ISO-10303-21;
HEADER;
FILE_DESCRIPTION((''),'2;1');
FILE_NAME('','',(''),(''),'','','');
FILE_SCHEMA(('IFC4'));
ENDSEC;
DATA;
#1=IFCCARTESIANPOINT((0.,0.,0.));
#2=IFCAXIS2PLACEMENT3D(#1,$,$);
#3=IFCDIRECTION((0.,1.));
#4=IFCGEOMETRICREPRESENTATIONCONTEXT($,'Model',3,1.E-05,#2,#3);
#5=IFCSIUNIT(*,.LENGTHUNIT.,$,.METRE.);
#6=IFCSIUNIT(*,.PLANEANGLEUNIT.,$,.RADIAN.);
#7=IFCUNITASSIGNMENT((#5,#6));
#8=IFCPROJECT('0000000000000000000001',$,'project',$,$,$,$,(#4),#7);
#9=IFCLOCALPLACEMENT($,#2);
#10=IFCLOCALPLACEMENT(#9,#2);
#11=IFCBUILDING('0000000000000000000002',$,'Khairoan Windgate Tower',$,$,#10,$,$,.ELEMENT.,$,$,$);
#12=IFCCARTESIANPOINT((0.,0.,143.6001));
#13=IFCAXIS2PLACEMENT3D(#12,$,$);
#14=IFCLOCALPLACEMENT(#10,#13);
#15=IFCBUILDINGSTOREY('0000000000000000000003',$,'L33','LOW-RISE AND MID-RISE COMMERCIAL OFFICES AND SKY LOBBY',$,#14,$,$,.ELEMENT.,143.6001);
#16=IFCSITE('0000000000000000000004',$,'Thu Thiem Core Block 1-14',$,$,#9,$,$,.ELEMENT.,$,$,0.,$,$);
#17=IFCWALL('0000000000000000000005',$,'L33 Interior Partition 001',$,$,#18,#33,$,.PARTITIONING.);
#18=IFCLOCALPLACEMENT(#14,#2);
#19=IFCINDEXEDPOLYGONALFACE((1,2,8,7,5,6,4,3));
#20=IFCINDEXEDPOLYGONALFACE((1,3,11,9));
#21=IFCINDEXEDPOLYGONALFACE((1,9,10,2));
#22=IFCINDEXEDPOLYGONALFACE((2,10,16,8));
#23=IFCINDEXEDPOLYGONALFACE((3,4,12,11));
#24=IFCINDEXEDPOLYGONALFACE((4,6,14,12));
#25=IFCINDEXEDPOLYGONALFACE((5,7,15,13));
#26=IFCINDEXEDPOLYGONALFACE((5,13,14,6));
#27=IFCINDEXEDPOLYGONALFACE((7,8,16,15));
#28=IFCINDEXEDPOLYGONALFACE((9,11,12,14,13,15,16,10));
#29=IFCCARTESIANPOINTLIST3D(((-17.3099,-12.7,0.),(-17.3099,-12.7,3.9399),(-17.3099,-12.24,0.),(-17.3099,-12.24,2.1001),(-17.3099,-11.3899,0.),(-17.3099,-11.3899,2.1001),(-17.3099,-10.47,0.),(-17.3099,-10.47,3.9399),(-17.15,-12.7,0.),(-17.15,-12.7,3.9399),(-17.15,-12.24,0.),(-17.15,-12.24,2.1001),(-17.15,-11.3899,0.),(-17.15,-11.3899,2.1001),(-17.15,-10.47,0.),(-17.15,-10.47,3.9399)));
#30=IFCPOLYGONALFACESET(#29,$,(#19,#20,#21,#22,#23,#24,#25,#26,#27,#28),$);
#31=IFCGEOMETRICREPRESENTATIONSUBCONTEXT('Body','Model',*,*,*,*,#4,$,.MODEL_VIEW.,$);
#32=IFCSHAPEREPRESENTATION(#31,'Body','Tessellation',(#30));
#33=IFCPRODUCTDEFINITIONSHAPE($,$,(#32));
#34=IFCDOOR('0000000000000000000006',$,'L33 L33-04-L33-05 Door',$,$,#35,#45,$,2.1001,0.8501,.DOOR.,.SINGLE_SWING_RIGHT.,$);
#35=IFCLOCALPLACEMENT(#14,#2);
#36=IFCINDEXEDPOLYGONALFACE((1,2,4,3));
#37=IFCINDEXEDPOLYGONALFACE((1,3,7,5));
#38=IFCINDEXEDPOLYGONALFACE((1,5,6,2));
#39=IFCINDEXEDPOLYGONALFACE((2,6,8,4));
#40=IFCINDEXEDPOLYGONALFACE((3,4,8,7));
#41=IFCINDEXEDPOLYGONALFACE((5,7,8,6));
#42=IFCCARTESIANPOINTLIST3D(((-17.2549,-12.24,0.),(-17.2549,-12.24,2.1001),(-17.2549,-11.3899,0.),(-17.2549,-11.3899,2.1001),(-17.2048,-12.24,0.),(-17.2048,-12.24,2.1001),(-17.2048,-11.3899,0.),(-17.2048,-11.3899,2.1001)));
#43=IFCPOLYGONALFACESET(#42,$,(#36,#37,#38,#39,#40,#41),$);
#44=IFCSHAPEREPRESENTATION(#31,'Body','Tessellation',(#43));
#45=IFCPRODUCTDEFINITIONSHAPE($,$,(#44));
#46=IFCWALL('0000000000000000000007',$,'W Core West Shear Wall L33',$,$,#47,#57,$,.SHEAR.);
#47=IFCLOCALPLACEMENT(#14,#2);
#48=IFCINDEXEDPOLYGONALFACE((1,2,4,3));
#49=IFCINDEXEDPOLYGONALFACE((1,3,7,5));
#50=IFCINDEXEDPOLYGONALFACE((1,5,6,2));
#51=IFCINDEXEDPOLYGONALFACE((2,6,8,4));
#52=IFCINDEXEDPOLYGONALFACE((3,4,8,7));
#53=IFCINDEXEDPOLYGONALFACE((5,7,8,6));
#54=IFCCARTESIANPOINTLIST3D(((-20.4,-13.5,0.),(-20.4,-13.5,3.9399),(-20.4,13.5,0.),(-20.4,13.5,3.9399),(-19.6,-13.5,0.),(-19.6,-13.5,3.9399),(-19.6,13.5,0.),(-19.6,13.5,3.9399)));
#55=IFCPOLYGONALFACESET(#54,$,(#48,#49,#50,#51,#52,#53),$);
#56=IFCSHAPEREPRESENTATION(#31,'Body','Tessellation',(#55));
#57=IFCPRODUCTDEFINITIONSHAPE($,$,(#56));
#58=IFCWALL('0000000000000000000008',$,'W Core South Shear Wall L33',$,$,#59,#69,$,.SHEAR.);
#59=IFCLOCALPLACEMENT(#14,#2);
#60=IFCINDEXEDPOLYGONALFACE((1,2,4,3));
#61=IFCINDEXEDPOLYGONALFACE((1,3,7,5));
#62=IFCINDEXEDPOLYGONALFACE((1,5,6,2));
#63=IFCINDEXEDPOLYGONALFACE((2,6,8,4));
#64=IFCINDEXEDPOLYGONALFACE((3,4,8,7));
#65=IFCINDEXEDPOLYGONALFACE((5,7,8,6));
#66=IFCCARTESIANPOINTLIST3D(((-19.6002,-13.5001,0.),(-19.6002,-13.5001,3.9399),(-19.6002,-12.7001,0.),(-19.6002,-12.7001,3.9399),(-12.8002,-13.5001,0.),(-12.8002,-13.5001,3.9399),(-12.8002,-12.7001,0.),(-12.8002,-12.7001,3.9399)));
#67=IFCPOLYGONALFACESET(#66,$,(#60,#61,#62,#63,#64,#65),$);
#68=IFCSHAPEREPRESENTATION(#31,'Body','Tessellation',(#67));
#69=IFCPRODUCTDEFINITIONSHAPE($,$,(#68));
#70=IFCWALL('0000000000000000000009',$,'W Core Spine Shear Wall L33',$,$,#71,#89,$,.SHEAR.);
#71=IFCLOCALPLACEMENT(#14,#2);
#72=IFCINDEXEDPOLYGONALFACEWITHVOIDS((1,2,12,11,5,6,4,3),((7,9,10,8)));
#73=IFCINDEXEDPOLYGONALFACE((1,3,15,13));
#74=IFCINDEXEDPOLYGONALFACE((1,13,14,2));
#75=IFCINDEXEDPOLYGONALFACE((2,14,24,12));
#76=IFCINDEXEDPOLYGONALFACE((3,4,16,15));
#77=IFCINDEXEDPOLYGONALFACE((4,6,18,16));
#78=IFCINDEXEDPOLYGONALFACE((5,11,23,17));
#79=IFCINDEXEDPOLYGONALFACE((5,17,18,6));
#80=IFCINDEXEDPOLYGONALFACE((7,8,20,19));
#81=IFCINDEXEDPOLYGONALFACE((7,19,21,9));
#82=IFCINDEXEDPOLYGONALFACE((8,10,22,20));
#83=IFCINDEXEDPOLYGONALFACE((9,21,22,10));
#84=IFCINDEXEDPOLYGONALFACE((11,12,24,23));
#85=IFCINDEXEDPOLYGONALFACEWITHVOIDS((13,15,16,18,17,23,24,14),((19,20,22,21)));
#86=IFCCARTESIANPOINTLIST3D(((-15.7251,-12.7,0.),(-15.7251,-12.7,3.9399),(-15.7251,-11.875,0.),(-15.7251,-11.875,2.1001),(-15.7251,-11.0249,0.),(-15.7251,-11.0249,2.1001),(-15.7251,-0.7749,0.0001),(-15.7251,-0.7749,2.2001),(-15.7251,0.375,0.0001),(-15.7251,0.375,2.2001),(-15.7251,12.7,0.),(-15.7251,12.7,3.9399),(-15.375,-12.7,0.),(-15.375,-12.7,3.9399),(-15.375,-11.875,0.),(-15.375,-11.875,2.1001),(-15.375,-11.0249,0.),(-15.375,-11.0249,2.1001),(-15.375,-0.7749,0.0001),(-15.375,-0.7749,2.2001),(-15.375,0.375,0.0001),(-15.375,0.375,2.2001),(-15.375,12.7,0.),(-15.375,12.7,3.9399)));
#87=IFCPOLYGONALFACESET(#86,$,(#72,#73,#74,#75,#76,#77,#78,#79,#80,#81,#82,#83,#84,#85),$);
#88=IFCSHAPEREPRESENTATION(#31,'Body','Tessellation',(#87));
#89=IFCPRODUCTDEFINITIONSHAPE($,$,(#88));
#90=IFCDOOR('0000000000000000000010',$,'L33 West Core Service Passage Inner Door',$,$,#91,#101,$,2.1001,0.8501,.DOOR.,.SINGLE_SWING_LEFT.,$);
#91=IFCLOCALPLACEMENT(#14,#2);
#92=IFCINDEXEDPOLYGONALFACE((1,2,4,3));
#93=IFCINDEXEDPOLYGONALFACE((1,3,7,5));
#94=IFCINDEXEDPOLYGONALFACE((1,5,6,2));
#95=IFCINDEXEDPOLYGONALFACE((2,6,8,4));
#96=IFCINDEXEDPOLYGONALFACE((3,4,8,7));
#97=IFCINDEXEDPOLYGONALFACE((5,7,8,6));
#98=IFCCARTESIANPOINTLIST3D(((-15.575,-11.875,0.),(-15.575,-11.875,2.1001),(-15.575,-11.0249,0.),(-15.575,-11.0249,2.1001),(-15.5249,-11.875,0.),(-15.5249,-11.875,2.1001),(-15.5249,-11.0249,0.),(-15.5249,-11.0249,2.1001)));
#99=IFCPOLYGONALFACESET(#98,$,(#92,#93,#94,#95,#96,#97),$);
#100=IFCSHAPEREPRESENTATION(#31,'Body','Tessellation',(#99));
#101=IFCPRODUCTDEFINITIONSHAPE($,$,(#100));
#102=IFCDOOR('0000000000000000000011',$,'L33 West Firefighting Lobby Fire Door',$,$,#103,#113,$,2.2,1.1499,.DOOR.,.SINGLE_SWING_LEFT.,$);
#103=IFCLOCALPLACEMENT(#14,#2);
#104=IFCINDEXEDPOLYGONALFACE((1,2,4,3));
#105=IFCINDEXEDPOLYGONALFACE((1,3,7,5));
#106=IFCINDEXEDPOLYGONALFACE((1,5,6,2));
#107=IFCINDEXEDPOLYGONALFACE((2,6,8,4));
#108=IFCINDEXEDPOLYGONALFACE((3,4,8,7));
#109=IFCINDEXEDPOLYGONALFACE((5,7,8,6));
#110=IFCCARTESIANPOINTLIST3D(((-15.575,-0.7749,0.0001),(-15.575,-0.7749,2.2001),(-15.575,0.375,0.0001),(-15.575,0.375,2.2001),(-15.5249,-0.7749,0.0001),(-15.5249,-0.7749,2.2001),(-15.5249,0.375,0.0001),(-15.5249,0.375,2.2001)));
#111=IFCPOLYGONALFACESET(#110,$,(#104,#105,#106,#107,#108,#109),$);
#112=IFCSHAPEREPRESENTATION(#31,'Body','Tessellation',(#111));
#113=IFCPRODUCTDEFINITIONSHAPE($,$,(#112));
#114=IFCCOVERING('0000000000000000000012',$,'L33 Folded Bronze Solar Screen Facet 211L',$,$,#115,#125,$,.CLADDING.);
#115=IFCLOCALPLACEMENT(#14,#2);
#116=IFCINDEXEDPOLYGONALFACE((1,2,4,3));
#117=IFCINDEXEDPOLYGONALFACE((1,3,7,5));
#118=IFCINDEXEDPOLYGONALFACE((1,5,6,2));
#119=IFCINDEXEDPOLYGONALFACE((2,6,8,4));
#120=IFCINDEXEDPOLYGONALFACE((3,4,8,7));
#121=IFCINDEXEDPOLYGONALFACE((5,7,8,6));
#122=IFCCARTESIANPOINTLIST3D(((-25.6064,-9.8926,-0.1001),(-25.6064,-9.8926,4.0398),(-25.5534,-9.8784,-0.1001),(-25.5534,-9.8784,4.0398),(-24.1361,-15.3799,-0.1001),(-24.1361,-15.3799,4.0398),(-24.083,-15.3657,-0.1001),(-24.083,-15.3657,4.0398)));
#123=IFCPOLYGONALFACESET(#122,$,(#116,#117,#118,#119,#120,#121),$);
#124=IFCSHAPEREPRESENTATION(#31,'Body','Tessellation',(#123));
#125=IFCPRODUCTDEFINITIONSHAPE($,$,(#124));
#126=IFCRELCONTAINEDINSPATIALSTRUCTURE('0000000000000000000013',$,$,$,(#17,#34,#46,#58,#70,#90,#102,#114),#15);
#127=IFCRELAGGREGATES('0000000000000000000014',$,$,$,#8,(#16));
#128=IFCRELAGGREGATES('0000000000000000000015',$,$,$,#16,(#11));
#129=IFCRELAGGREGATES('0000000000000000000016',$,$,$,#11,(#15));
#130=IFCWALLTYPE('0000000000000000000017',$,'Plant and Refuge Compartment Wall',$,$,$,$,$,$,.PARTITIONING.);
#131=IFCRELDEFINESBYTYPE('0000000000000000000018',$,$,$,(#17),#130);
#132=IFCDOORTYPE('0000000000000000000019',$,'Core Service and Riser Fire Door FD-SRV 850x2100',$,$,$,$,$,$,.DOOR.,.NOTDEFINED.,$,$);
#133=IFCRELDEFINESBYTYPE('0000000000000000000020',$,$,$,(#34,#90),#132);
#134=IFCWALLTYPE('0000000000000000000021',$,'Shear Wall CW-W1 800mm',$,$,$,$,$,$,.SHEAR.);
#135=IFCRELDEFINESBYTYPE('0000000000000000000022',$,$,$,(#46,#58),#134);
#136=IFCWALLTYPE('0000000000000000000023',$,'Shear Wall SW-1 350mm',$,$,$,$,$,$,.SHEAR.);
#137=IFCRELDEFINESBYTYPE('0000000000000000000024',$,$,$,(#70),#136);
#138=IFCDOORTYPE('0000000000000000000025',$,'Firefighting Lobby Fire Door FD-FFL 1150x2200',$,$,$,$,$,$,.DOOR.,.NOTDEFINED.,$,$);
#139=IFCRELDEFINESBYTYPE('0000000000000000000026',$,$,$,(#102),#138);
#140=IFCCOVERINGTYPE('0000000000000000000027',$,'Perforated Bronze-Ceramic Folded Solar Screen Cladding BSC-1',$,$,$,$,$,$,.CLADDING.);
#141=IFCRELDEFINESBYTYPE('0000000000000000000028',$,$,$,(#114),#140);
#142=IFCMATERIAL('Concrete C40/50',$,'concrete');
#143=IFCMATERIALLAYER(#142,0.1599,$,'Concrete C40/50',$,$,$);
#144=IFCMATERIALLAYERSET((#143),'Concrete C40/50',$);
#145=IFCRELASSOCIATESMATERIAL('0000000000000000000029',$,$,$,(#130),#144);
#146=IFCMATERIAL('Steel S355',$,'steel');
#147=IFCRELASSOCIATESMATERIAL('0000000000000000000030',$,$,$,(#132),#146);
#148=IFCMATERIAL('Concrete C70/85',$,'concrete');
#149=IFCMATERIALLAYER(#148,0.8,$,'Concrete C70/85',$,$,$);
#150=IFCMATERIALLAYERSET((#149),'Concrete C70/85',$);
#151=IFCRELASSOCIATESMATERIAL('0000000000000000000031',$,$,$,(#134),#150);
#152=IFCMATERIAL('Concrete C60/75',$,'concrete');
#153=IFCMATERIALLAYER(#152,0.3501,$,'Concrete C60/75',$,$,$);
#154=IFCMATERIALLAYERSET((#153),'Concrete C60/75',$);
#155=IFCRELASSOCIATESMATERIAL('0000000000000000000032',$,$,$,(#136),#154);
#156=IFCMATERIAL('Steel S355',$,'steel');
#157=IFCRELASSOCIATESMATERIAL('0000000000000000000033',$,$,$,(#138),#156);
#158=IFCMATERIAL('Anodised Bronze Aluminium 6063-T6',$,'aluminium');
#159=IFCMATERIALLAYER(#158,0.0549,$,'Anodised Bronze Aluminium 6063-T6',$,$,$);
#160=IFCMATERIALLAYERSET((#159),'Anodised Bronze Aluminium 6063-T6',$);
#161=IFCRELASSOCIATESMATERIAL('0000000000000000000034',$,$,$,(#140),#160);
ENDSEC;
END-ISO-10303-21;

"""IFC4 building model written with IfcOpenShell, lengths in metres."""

from ifc_helpers import new_model, si_unit, direction, frame, frame_2d, origin, origin_2d, place, context, subcontext, project, spatial, rectangle, extrude, material, layer, layer_set, type_object, element, fill, save


model = new_model("IFC4")

# Units and contexts
model_context = context("Model", 3, precision=1e-05, world=origin(), true_north=direction((0.0, 1.0)))
body_context = subcontext(model_context, "Body", "Model", "MODEL_VIEW")
ifc_project = project(units=[si_unit("LENGTHUNIT", "METRE"), si_unit("PLANEANGLEUNIT", "RADIAN")], contexts=[model_context])

# Site, building, storey
site_placement = place(None, origin())
site = spatial("IfcSite", under=ifc_project, at=site_placement, Name="Thu Thiem Core Block 1-14", CompositionType="ELEMENT", RefElevation=0.0)
building_placement = place(site_placement, origin())
building = spatial("IfcBuilding", under=site, at=building_placement, Name="Khairoan Windgate Tower", CompositionType="ELEMENT")
storey_placement = place(building_placement, frame((0.0, 0.0, 143.6001)))
storey = spatial("IfcBuildingStorey", under=building, at=storey_placement, Name="L33", Description="LOW-RISE AND MID-RISE COMMERCIAL OFFICES AND SKY LOBBY", CompositionType="ELEMENT", Elevation=143.6001)

# Wall, opening, door
ifc_material_1 = material(Name="Concrete C40/50", Category="concrete")
ifc_layer_1 = layer(ifc_material_1, 0.1599, Name="Concrete C40/50")
ifc_layer_set_1 = layer_set([ifc_layer_1], Name="Concrete C40/50")
wall_type_1 = type_object("IfcWallType", Name="Plant and Refuge Compartment Wall", PredefinedType="PARTITIONING", material=ifc_layer_set_1)
wall_1_placement = place(storey_placement, frame((-17.23, -12.7, 0.0), z_axis=(0.0, 0.0, 1.0), x_axis=(0.0, 1.0, 0.0)))
wall_1 = element("IfcWall", 1, at=wall_1_placement, inside=storey, type_object=wall_type_1, Name="L33 Interior Partition 001", PredefinedType="PARTITIONING", context=body_context, shape_type="SweptSolid", body=[
    extrude(rectangle(XDim=2.23, YDim=0.1599, at=frame_2d((1.115, 0.0))), origin(), (0.0, 0.0, 1.0), 3.9399),
])
opening_1_placement = place(wall_1_placement, frame((0.46, 0.0, 0.0)))
opening_1 = element("IfcOpeningElement", 2, at=opening_1_placement, cuts=wall_1, PredefinedType="OPENING", context=body_context, shape_type="SweptSolid", body=[
    extrude(rectangle(XDim=0.8501, YDim=2.1001, at=frame_2d((0.425, 1.05))), frame((0.0, 0.0898, 0.0), z_axis=(0.0, -1.0, 0.0), x_axis=(1.0, 0.0, 0.0)), (0.0, 0.0, 1.0), 0.1799),
])
ifc_material_2 = material(Name="Steel S355", Category="steel")
door_type_1 = type_object("IfcDoorType", Name="Core Service and Riser Fire Door FD-SRV 850x2100", OperationType="NOTDEFINED", PredefinedType="DOOR", material=ifc_material_2)
door_1_placement = place(opening_1_placement, origin())
door_1 = element("IfcDoor", 3, at=door_1_placement, inside=storey, type_object=door_type_1, Name="L33 L33-04-L33-05 Door", OperationType="SINGLE_SWING_RIGHT", OverallHeight=2.1001, OverallWidth=0.8501, PredefinedType="DOOR", context=body_context, shape_type="SweptSolid", body=[
    extrude(rectangle(XDim=0.8501, YDim=2.1001, at=frame_2d((0.425, 1.05))), frame((0.0, 0.0249, 0.0), z_axis=(0.0, -1.0, 0.0), x_axis=(1.0, 0.0, 0.0)), (0.0, 0.0, 1.0), 0.05),
])
fill(opening_1, door_1)

# Walls
ifc_material_3 = material(Name="Concrete C70/85", Category="concrete")
ifc_layer_2 = layer(ifc_material_3, 0.8, Name="Concrete C70/85")
ifc_layer_set_2 = layer_set([ifc_layer_2], Name="Concrete C70/85")
wall_type_2 = type_object("IfcWallType", Name="Shear Wall CW-W1 800mm", PredefinedType="SHEAR", material=ifc_layer_set_2)
wall_2_placement = place(storey_placement, frame((-20.0, -13.5, 0.0), z_axis=(0.0, 0.0, 1.0), x_axis=(0.0, 1.0, 0.0)))
element("IfcWall", 4, at=wall_2_placement, inside=storey, type_object=wall_type_2, Name="W Core West Shear Wall L33", PredefinedType="SHEAR", context=body_context, shape_type="SweptSolid", body=[
    extrude(rectangle(XDim=27.0, YDim=0.8, at=frame_2d((13.5, 0.0))), origin(), (0.0, 0.0, 1.0), 3.9399),
])
wall_3_placement = place(storey_placement, frame((-19.6001, -13.1001, 0.0), z_axis=(0.0, 0.0, 1.0), x_axis=(1.0, 0.0, 0.0)))
element("IfcWall", 5, at=wall_3_placement, inside=storey, type_object=wall_type_2, Name="W Core South Shear Wall L33", PredefinedType="SHEAR", context=body_context, shape_type="SweptSolid", body=[
    extrude(rectangle(XDim=6.8, YDim=0.8, at=frame_2d((3.3999, 0.0))), origin(), (0.0, 0.0, 1.0), 3.9399),
])

# Wall, openings, doors
ifc_material_4 = material(Name="Concrete C60/75", Category="concrete")
ifc_layer_3 = layer(ifc_material_4, 0.3501, Name="Concrete C60/75")
ifc_layer_set_3 = layer_set([ifc_layer_3], Name="Concrete C60/75")
wall_type_3 = type_object("IfcWallType", Name="Shear Wall SW-1 350mm", PredefinedType="SHEAR", material=ifc_layer_set_3)
wall_4_placement = place(storey_placement, frame((-15.55, -12.7, 0.0), z_axis=(0.0, 0.0, 1.0), x_axis=(0.0, 1.0, 0.0)))
wall_4 = element("IfcWall", 6, at=wall_4_placement, inside=storey, type_object=wall_type_3, Name="W Core Spine Shear Wall L33", PredefinedType="SHEAR", context=body_context, shape_type="SweptSolid", body=[
    extrude(rectangle(XDim=25.3999, YDim=0.3501, at=frame_2d((12.7, 0.0))), origin(), (0.0, 0.0, 1.0), 3.9399),
])
opening_2_placement = place(wall_4_placement, frame((11.925, 0.0, 0.0)))
opening_2 = element("IfcOpeningElement", 7, at=opening_2_placement, cuts=wall_4, PredefinedType="OPENING", context=body_context, shape_type="SweptSolid", body=[
    extrude(rectangle(XDim=1.1499, YDim=2.2, at=frame_2d((0.575, 1.1001))), frame((0.0, 0.1851, 0.0), z_axis=(0.0, -1.0, 0.0), x_axis=(1.0, 0.0, 0.0)), (0.0, 0.0, 1.0), 0.3701),
])
opening_3_placement = place(wall_4_placement, frame((0.825, 0.0, 0.0)))
opening_3 = element("IfcOpeningElement", 8, at=opening_3_placement, cuts=wall_4, PredefinedType="OPENING", context=body_context, shape_type="SweptSolid", body=[
    extrude(rectangle(XDim=0.8501, YDim=2.1001, at=frame_2d((0.425, 1.05))), frame((0.0, 0.1851, 0.0), z_axis=(0.0, -1.0, 0.0), x_axis=(1.0, 0.0, 0.0)), (0.0, 0.0, 1.0), 0.3701),
])
door_2_placement = place(opening_3_placement, origin())
door_2 = element("IfcDoor", 9, at=door_2_placement, inside=storey, type_object=door_type_1, Name="L33 West Core Service Passage Inner Door", OperationType="SINGLE_SWING_LEFT", OverallHeight=2.1001, OverallWidth=0.8501, PredefinedType="DOOR", context=body_context, shape_type="SweptSolid", body=[
    extrude(rectangle(XDim=0.8501, YDim=2.1001, at=frame_2d((0.425, 1.05))), frame((0.0, 0.0249, 0.0), z_axis=(0.0, -1.0, 0.0), x_axis=(1.0, 0.0, 0.0)), (0.0, 0.0, 1.0), 0.05),
])
fill(opening_3, door_2)
ifc_material_5 = material(Name="Steel S355", Category="steel")
door_type_2 = type_object("IfcDoorType", Name="Firefighting Lobby Fire Door FD-FFL 1150x2200", OperationType="NOTDEFINED", PredefinedType="DOOR", material=ifc_material_5)
door_3_placement = place(opening_2_placement, origin())
door_3 = element("IfcDoor", 10, at=door_3_placement, inside=storey, type_object=door_type_2, Name="L33 West Firefighting Lobby Fire Door", OperationType="SINGLE_SWING_LEFT", OverallHeight=2.2, OverallWidth=1.1499, PredefinedType="DOOR", context=body_context, shape_type="SweptSolid", body=[
    extrude(rectangle(XDim=1.1499, YDim=2.2, at=frame_2d((0.575, 1.1001))), frame((0.0, 0.0249, 0.0), z_axis=(0.0, -1.0, 0.0), x_axis=(1.0, 0.0, 0.0)), (0.0, 0.0, 1.0), 0.05),
])
fill(opening_2, door_3)

# Covering
ifc_material_6 = material(Name="Anodised Bronze Aluminium 6063-T6", Category="aluminium")
ifc_layer_4 = layer(ifc_material_6, 0.0549, Name="Anodised Bronze Aluminium 6063-T6")
ifc_layer_set_4 = layer_set([ifc_layer_4], Name="Anodised Bronze Aluminium 6063-T6")
covering_type = type_object("IfcCoveringType", Name="Perforated Bronze-Ceramic Folded Solar Screen Cladding BSC-1", PredefinedType="CLADDING", material=ifc_layer_set_4)
covering_placement = place(storey_placement, frame((-24.8447, -12.6292, -0.1001), z_axis=(0.0, 0.0, 1.0), x_axis=(-0.258819, 0.965926, 0.0)))
element("IfcCovering", 11, at=covering_placement, inside=storey, type_object=covering_type, Name="L33 Folded Bronze Solar Screen Facet 211L", PredefinedType="CLADDING", context=body_context, shape_type="SweptSolid", body=[
    extrude(rectangle(XDim=5.6809, YDim=0.0549, at=origin_2d()), origin(), (0.0, 0.0, 1.0), 4.1399),
])

save(model, "model.ifc")
